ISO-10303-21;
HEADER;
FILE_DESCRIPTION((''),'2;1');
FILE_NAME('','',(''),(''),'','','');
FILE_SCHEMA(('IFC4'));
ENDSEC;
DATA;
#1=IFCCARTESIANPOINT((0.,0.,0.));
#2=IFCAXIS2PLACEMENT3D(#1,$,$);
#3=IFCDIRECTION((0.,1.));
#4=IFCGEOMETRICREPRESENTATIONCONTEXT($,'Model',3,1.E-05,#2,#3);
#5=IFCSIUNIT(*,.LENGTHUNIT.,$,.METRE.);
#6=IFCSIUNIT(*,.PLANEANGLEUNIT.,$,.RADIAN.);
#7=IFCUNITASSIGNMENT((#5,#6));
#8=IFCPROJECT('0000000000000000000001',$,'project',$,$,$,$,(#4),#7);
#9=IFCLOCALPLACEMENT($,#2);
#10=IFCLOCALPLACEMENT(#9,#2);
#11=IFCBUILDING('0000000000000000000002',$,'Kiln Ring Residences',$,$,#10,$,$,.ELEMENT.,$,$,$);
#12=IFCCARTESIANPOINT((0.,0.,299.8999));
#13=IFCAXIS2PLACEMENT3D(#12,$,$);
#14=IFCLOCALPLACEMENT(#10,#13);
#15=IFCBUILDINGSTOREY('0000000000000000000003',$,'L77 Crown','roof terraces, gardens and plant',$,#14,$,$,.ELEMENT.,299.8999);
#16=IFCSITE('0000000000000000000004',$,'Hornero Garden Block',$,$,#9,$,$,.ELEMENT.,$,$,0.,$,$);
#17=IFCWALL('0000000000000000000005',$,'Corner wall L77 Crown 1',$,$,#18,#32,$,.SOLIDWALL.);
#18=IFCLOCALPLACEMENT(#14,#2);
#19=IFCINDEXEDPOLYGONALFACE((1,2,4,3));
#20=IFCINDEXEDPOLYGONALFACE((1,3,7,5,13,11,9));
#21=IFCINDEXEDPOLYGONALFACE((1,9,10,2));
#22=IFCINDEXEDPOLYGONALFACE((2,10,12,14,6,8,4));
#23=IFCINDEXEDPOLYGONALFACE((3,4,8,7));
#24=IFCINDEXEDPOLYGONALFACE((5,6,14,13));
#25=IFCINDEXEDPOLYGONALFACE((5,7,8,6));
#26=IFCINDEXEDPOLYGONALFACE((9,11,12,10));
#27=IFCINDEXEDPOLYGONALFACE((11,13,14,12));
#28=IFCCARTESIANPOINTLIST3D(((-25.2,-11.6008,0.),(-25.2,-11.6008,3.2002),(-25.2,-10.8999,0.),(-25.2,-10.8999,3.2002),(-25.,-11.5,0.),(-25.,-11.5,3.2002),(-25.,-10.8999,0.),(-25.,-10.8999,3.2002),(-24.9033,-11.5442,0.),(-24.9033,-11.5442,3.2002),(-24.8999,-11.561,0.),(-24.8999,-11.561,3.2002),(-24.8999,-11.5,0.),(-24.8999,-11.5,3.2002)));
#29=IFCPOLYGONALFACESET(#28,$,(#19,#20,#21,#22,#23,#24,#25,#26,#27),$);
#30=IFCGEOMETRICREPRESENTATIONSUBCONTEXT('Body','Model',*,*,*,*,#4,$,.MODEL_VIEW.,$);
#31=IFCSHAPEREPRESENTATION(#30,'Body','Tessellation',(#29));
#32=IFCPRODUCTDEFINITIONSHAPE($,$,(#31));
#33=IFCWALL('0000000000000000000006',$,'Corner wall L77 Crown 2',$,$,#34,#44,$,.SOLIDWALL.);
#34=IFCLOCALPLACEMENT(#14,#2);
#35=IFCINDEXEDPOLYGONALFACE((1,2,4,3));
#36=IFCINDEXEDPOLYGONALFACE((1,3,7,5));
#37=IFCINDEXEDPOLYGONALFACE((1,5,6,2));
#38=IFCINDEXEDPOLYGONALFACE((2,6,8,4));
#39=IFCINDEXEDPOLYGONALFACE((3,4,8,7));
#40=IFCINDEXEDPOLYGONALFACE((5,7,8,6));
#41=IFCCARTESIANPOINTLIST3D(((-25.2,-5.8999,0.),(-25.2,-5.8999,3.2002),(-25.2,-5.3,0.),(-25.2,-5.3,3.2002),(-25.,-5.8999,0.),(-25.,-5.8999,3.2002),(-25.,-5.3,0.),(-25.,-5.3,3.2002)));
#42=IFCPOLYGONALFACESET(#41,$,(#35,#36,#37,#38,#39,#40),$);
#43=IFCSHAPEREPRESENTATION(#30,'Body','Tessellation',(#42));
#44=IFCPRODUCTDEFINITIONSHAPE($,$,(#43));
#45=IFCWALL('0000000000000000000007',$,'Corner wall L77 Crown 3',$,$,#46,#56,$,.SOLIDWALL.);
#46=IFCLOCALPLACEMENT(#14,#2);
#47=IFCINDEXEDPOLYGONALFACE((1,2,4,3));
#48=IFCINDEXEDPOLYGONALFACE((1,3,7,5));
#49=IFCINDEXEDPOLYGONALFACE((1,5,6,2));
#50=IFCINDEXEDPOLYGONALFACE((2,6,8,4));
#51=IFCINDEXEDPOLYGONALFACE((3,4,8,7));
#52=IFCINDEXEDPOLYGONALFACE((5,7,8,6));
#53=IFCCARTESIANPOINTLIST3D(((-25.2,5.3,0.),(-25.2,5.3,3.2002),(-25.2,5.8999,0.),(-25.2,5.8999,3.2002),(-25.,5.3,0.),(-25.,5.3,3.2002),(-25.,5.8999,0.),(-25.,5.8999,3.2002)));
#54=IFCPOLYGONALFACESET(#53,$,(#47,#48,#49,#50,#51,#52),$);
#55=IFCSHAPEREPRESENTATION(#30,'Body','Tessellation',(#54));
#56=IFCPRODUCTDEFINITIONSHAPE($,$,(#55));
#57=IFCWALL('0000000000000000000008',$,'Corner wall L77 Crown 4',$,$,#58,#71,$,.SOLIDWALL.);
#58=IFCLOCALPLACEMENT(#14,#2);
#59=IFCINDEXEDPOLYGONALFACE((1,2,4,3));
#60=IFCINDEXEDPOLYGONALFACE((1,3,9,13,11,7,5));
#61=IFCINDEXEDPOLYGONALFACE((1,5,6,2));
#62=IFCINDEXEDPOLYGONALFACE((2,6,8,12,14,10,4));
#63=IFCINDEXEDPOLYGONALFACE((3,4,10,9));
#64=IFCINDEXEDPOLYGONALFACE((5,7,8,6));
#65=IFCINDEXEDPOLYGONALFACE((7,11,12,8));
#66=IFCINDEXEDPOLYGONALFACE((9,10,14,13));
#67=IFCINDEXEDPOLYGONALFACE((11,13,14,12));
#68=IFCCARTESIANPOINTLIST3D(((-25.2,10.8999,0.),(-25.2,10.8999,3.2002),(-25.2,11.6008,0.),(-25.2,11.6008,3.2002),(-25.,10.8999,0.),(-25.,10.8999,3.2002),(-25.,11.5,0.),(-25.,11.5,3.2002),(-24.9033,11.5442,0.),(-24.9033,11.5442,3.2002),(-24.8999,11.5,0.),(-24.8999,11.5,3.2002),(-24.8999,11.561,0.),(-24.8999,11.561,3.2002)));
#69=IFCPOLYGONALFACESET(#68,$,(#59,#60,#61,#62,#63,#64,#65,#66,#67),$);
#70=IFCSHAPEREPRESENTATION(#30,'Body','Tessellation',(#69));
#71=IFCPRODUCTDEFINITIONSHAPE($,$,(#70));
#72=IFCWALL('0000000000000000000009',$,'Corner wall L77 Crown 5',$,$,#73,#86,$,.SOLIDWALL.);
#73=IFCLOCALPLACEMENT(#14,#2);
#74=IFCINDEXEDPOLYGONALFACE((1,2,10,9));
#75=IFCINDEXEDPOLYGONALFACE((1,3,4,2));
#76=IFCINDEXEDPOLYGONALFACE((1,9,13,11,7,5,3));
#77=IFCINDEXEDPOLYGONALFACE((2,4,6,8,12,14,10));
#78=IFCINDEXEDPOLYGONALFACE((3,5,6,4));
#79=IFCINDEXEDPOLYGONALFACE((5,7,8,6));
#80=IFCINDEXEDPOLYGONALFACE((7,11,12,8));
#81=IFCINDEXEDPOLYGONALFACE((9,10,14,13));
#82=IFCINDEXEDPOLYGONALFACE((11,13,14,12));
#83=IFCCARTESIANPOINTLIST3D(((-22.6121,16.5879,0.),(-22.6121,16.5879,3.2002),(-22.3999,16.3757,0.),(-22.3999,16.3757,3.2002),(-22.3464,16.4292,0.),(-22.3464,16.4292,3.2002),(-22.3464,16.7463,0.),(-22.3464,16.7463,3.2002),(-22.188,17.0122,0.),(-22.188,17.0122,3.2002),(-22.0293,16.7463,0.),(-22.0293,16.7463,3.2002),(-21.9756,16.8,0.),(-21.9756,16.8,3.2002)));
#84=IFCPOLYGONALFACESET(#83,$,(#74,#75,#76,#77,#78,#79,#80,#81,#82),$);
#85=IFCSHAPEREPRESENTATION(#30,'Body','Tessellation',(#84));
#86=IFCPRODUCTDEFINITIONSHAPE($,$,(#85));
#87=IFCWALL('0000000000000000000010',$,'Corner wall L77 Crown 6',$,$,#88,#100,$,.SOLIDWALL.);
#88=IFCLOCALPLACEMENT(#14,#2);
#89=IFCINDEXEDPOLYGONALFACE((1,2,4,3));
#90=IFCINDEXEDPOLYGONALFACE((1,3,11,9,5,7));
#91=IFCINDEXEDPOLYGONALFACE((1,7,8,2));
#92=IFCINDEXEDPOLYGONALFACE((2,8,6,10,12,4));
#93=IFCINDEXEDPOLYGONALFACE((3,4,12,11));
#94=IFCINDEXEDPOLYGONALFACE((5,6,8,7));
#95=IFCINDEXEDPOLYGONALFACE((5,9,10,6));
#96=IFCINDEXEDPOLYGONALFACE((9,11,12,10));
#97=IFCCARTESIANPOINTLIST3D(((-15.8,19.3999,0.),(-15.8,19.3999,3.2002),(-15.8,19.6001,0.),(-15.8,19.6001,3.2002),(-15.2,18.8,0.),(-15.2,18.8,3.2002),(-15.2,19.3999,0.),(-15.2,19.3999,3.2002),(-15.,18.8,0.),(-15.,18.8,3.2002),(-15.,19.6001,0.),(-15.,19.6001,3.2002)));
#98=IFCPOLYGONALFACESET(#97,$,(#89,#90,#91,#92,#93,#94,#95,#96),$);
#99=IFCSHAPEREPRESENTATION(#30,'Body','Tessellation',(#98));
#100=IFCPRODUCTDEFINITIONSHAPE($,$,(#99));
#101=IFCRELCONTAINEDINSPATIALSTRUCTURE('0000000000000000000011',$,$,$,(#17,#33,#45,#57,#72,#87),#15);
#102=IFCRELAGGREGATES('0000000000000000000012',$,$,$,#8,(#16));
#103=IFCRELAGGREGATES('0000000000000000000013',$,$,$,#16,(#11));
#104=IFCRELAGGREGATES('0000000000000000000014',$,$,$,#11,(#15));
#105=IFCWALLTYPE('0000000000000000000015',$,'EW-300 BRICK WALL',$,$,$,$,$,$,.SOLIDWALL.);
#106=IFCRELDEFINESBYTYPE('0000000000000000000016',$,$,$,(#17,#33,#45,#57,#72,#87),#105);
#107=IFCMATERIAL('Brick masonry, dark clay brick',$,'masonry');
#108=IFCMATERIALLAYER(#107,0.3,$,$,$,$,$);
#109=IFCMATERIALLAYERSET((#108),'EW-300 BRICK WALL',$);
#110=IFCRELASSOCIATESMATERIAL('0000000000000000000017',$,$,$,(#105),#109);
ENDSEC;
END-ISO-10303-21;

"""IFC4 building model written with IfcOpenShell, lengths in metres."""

from ifc_helpers import new_model, si_unit, direction, frame, origin, place, context, subcontext, project, spatial, polyline, outline, extrude, material, layer, layer_set, type_object, element, save


model = new_model("IFC4")

# Units and contexts
model_context = context("Model", 3, precision=1e-05, world=origin(), true_north=direction((0.0, 1.0)))
body_context = subcontext(model_context, "Body", "Model", "MODEL_VIEW")
ifc_project = project(units=[si_unit("LENGTHUNIT", "METRE"), si_unit("PLANEANGLEUNIT", "RADIAN")], contexts=[model_context])

# Site, building, storey
site_placement = place(None, origin())
site = spatial("IfcSite", under=ifc_project, at=site_placement, Name="Hornero Garden Block", CompositionType="ELEMENT", RefElevation=0.0)
building_placement = place(site_placement, origin())
building = spatial("IfcBuilding", under=site, at=building_placement, Name="Kiln Ring Residences", CompositionType="ELEMENT")
storey_placement = place(building_placement, frame((0.0, 0.0, 299.8999)))
storey = spatial("IfcBuildingStorey", under=building, at=storey_placement, Name="L77 Crown", Description="roof terraces, gardens and plant", CompositionType="ELEMENT", Elevation=299.8999)

# Shared definitions
placement_1 = place(storey_placement, origin())

# Shared definitions
ifc_material_1 = material(Name="Brick masonry, dark clay brick", Category="masonry")
ifc_layer_1 = layer(ifc_material_1, 0.3)
ifc_layer_set_1 = layer_set([ifc_layer_1], Name="EW-300 BRICK WALL")
wall_type_1 = type_object("IfcWallType", Name="EW-300 BRICK WALL", PredefinedType="SOLIDWALL", material=ifc_layer_set_1)

# Walls
element("IfcWall", 1, at=placement_1, inside=storey, type_object=wall_type_1, Name="Corner wall L77 Crown 1", PredefinedType="SOLIDWALL", context=body_context, shape_type="SweptSolid", body=[
    extrude(outline(polyline([(-25.2, -10.8999), (-25.2, -11.6008), (-24.9033, -11.5442), (-24.8999, -11.561), (-24.8999, -11.5), (-25.0, -11.5), (-25.0, -10.8999), (-25.2, -10.8999)])), origin(), (0.0, 0.0, 1.0), 3.2002),
])
element("IfcWall", 2, at=placement_1, inside=storey, type_object=wall_type_1, Name="Corner wall L77 Crown 2", PredefinedType="SOLIDWALL", context=body_context, shape_type="SweptSolid", body=[
    extrude(outline(polyline([(-25.0, -5.3), (-25.2, -5.3), (-25.2, -5.8999), (-24.8999, -5.8999), (-25.0, -5.8999), (-25.0, -5.3)])), origin(), (0.0, 0.0, 1.0), 3.2002),
])
element("IfcWall", 3, at=placement_1, inside=storey, type_object=wall_type_1, Name="Corner wall L77 Crown 3", PredefinedType="SOLIDWALL", context=body_context, shape_type="SweptSolid", body=[
    extrude(outline(polyline([(-25.0, 5.8999), (-25.2, 5.8999), (-25.2, 5.3), (-25.0, 5.3), (-25.0, 5.8999)])), origin(), (0.0, 0.0, 1.0), 3.2002),
])
element("IfcWall", 4, at=placement_1, inside=storey, type_object=wall_type_1, Name="Corner wall L77 Crown 4", PredefinedType="SOLIDWALL", context=body_context, shape_type="SweptSolid", body=[
    extrude(outline(polyline([(-25.2, 11.6008), (-25.2, 10.8999), (-25.0, 10.8999), (-25.0, 11.5), (-24.8999, 11.5), (-24.8999, 11.561), (-24.9033, 11.5442), (-25.2, 11.6008)])), origin(), (0.0, 0.0, 1.0), 3.2002),
])
element("IfcWall", 5, at=placement_1, inside=storey, type_object=wall_type_1, Name="Corner wall L77 Crown 5", PredefinedType="SOLIDWALL", context=body_context, shape_type="SweptSolid", body=[
    extrude(outline(polyline([(-21.9756, 16.8), (-22.188, 17.0122), (-22.6121, 16.5879), (-22.3999, 16.3757), (-22.3464, 16.4292), (-22.3464, 16.7463), (-22.0293, 16.7463), (-21.9756, 16.8)])), origin(), (0.0, 0.0, 1.0), 3.2002),
])
element("IfcWall", 6, at=placement_1, inside=storey, type_object=wall_type_1, Name="Corner wall L77 Crown 6", PredefinedType="SOLIDWALL", context=body_context, shape_type="SweptSolid", body=[
    extrude(outline(polyline([(-15.0, 18.8), (-15.0, 19.6001), (-15.8, 19.6001), (-15.8, 19.3999), (-15.2, 19.3999), (-15.2, 18.8), (-15.0, 18.8)])), origin(), (0.0, 0.0, 1.0), 3.2002),
])

save(model, "model.ifc")
